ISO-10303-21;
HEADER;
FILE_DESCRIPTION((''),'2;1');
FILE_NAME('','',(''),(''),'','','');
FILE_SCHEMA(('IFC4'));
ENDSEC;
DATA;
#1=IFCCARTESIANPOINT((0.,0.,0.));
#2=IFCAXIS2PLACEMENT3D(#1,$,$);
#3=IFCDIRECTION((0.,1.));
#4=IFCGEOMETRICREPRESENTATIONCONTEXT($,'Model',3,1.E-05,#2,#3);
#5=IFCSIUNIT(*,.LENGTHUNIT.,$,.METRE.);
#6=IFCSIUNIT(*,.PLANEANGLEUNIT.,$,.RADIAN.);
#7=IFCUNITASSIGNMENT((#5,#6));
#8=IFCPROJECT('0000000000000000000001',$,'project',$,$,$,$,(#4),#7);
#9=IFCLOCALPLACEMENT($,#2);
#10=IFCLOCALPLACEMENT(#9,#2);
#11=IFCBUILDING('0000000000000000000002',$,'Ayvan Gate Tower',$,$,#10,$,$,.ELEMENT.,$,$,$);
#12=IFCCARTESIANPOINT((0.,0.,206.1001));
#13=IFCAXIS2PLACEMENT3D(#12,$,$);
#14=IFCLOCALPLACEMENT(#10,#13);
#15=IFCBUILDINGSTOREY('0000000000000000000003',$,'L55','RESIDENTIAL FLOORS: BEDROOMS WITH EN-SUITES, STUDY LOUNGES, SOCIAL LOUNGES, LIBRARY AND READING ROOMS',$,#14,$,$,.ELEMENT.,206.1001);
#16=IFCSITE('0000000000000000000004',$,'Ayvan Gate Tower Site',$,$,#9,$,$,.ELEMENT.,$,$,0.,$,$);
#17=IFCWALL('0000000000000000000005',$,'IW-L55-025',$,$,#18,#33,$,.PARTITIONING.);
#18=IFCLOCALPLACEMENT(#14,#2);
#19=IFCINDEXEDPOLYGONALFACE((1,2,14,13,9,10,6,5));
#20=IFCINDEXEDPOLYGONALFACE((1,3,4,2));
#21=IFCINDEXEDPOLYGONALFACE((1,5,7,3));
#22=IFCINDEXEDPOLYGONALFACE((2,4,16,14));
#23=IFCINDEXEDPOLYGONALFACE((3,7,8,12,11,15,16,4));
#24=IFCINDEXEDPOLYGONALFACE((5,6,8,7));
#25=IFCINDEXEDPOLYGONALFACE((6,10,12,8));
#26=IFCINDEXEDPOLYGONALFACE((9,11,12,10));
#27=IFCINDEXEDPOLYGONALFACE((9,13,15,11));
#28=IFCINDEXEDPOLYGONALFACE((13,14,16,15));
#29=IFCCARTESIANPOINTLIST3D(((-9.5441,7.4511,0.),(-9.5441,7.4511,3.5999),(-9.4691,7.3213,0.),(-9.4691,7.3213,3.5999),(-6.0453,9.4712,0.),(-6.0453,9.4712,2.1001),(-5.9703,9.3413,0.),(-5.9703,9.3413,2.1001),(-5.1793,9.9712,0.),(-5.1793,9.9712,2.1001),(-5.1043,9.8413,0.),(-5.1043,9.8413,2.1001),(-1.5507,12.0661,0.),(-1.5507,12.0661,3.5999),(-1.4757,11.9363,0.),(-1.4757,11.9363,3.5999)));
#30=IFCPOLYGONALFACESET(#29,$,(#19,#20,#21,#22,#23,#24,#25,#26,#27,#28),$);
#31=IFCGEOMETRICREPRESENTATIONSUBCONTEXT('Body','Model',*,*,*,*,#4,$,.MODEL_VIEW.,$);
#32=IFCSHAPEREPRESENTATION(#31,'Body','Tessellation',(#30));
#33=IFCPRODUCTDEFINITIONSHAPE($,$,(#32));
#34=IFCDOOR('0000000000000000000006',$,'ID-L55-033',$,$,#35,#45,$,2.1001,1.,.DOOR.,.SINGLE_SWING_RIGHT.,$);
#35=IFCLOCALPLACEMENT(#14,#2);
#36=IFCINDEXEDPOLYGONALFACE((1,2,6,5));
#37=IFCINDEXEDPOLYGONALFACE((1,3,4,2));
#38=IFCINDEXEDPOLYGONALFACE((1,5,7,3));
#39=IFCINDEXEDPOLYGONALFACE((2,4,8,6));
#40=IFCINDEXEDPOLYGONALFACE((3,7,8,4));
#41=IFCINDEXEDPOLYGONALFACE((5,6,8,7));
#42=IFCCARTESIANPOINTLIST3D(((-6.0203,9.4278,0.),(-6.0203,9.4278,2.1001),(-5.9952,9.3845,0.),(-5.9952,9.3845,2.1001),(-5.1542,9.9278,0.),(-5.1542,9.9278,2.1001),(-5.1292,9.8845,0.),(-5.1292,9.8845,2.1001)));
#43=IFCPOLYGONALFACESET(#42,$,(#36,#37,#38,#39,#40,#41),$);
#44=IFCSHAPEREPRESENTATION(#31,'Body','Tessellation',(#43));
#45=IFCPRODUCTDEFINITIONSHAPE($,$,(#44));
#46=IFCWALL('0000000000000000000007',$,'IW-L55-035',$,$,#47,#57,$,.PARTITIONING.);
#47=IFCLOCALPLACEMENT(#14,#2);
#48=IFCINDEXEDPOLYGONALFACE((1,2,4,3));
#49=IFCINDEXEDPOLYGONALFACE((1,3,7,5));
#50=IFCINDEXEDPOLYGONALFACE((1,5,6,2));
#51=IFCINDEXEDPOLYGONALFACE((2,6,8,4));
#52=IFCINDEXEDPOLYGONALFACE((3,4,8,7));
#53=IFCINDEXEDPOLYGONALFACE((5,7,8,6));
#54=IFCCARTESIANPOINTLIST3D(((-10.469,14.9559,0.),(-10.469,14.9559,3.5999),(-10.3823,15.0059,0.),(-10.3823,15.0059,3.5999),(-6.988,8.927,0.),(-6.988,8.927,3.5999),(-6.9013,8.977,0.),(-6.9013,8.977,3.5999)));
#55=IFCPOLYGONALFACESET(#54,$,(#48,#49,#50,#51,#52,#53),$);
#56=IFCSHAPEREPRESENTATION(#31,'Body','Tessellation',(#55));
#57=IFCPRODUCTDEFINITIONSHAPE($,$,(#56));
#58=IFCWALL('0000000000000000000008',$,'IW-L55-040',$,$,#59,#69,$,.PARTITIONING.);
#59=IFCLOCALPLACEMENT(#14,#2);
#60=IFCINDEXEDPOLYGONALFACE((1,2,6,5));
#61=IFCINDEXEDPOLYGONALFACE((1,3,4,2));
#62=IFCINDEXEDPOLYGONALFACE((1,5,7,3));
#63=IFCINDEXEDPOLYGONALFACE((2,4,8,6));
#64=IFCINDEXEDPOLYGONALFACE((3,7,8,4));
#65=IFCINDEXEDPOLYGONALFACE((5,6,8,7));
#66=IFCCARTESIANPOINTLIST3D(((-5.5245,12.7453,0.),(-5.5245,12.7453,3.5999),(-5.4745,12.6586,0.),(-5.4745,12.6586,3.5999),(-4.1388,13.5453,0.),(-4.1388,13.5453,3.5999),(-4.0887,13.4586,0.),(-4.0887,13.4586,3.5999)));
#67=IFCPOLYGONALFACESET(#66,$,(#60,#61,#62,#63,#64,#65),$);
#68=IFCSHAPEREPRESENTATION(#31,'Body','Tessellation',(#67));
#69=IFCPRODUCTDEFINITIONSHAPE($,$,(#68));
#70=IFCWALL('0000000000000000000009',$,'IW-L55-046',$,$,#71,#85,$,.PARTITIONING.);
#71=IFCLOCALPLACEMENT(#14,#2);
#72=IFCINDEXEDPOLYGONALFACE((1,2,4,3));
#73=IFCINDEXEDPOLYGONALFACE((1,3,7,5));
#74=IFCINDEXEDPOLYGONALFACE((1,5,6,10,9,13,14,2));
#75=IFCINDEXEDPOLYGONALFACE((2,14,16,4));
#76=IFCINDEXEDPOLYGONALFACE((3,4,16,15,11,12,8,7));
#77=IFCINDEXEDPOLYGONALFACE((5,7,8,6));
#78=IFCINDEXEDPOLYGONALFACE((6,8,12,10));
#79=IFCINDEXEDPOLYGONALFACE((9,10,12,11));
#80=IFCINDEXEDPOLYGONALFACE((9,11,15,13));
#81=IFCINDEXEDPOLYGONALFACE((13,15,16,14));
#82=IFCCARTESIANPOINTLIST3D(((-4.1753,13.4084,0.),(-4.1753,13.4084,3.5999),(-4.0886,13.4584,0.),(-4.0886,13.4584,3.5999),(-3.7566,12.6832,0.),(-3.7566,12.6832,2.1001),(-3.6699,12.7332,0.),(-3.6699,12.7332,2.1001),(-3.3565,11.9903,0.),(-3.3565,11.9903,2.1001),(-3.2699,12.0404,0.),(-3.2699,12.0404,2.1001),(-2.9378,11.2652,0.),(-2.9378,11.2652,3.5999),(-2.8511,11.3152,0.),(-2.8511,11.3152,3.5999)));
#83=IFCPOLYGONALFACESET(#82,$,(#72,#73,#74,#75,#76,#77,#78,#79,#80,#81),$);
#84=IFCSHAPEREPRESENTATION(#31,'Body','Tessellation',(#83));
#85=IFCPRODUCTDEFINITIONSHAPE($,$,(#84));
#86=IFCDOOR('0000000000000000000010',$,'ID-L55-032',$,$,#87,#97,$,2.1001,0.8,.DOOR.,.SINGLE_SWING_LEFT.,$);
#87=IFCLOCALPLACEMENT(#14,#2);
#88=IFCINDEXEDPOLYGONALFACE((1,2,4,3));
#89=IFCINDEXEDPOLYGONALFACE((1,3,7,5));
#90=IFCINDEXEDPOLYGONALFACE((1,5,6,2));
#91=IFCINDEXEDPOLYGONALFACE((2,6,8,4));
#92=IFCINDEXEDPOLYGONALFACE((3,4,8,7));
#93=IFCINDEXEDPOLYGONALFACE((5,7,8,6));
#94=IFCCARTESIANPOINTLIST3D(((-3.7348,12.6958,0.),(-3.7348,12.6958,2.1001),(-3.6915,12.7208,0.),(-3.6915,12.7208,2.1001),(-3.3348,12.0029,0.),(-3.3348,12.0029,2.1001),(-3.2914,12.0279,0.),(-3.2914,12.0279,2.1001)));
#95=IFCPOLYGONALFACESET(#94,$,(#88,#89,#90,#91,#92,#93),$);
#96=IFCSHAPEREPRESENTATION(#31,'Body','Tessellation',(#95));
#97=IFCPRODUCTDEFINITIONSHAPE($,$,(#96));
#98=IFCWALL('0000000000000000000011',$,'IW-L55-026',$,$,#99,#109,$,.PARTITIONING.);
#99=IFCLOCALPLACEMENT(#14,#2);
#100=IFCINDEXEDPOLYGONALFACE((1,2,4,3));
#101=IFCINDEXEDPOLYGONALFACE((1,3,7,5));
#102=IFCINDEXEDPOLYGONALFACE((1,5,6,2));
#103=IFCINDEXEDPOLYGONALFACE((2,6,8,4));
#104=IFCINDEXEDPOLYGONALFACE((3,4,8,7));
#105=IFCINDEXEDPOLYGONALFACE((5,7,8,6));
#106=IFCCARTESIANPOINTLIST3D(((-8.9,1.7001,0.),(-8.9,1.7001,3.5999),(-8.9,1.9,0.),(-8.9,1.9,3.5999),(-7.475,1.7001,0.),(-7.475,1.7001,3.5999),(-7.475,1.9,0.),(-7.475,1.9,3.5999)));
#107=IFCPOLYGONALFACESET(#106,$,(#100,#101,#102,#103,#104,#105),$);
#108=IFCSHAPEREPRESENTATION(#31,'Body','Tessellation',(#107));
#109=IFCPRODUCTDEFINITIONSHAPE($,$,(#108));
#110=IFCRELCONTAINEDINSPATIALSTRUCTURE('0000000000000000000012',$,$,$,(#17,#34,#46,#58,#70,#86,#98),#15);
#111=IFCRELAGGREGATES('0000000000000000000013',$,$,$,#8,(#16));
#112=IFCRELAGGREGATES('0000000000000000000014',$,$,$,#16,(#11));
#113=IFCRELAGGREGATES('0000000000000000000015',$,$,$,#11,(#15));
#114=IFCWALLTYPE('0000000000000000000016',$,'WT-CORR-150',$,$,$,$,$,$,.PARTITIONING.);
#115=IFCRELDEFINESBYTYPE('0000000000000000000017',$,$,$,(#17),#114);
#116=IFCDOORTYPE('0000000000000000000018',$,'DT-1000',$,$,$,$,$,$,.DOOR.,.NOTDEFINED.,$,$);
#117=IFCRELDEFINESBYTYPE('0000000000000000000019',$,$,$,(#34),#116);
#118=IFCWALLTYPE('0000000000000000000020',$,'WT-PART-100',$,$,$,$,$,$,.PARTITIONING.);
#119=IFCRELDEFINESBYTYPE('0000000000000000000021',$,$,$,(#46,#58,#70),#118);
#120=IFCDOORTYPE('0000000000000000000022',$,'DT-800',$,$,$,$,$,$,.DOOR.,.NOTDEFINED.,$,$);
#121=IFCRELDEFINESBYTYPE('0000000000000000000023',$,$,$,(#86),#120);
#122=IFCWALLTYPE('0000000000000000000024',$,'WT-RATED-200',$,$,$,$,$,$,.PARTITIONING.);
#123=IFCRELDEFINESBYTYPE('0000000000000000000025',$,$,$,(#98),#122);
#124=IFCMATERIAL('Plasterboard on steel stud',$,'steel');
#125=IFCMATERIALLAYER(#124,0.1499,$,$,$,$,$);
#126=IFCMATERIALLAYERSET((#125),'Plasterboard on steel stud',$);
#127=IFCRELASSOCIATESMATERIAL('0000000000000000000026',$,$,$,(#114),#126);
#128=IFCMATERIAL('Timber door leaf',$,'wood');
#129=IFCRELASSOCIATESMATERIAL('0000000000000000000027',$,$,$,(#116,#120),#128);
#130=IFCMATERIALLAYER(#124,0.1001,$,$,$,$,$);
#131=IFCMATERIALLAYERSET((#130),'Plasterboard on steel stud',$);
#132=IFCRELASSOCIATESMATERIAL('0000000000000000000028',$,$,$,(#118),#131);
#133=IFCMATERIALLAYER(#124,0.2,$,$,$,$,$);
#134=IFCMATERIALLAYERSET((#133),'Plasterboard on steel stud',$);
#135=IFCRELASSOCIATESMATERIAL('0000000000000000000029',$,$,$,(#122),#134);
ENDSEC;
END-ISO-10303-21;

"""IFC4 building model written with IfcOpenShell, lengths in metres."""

from ifc_helpers import new_model, si_unit, direction, frame, frame_2d, origin, place, context, subcontext, project, spatial, rectangle, extrude, material, layer, layer_set, type_object, element, fill, save


model = new_model("IFC4")

# Units and contexts
model_context = context("Model", 3, precision=1e-05, world=origin(), true_north=direction((0.0, 1.0)))
body_context = subcontext(model_context, "Body", "Model", "MODEL_VIEW")
ifc_project = project(units=[si_unit("LENGTHUNIT", "METRE"), si_unit("PLANEANGLEUNIT", "RADIAN")], contexts=[model_context])

# Site, building, storey
site_placement = place(None, origin())
site = spatial("IfcSite", under=ifc_project, at=site_placement, Name="Ayvan Gate Tower Site", CompositionType="ELEMENT", RefElevation=0.0)
building_placement = place(site_placement, origin())
building = spatial("IfcBuilding", under=site, at=building_placement, Name="Ayvan Gate Tower", CompositionType="ELEMENT")
storey_placement = place(building_placement, frame((0.0, 0.0, 206.1001)))
storey = spatial("IfcBuildingStorey", under=building, at=storey_placement, Name="L55", Description="RESIDENTIAL FLOORS: BEDROOMS WITH EN-SUITES, STUDY LOUNGES, SOCIAL LOUNGES, LIBRARY AND READING ROOMS", CompositionType="ELEMENT", Elevation=206.1001)

# Shared definitions
ifc_material_1 = material(Name="Timber door leaf", Category="wood")

# Wall, opening, door
ifc_material_2 = material(Name="Plasterboard on steel stud", Category="steel")
ifc_layer_1 = layer(ifc_material_2, 0.1499)
ifc_layer_set_1 = layer_set([ifc_layer_1], Name="Plasterboard on steel stud")
wall_type_1 = type_object("IfcWallType", Name="WT-CORR-150", PredefinedType="PARTITIONING", material=ifc_layer_set_1)
door_type_1 = type_object("IfcDoorType", Name="DT-1000", OperationType="NOTDEFINED", PredefinedType="DOOR", material=ifc_material_1)
wall_1_placement = place(storey_placement, frame((-9.5066, 7.3862, 0.0), z_axis=(0.0, 0.0, 1.0), x_axis=(0.866026, 0.5, 0.0)))
wall_1 = element("IfcWall", 1, at=wall_1_placement, inside=storey, type_object=wall_type_1, Name="IW-L55-025", PredefinedType="PARTITIONING", context=body_context, shape_type="SweptSolid", body=[
    extrude(rectangle(XDim=9.23, YDim=0.1499, at=frame_2d((4.615, 0.0))), origin(), (0.0, 0.0, 1.0), 3.5999),
])
opening_1_placement = place(wall_1_placement, frame((4.04, 0.0, 0.0)))
opening_1 = element("IfcOpeningElement", 2, at=opening_1_placement, cuts=wall_1, PredefinedType="OPENING", context=body_context, shape_type="SweptSolid", body=[
    extrude(rectangle(XDim=1.0, YDim=2.1001, at=frame_2d((0.5, 1.05))), frame((0.0, 0.085, 0.0), z_axis=(0.0, -1.0, 0.0), x_axis=(1.0, 0.0, 0.0)), (0.0, 0.0, 1.0), 0.1699),
])
door_1_placement = place(opening_1_placement, origin())
door_1 = element("IfcDoor", 3, at=door_1_placement, inside=storey, type_object=door_type_1, Name="ID-L55-033", OperationType="SINGLE_SWING_RIGHT", OverallHeight=2.1001, OverallWidth=1.0, PredefinedType="DOOR", context=body_context, shape_type="SweptSolid", body=[
    extrude(rectangle(XDim=1.0, YDim=2.1001, at=frame_2d((0.5, 1.05))), frame((0.0, 0.0249, 0.0), z_axis=(0.0, -1.0, 0.0), x_axis=(1.0, 0.0, 0.0)), (0.0, 0.0, 1.0), 0.05),
])
fill(opening_1, door_1)

# Walls
ifc_layer_2 = layer(ifc_material_2, 0.1001)
ifc_layer_set_2 = layer_set([ifc_layer_2], Name="Plasterboard on steel stud")
wall_type_2 = type_object("IfcWallType", Name="WT-PART-100", PredefinedType="PARTITIONING", material=ifc_layer_set_2)
wall_2_placement = place(storey_placement, frame((-6.9446, 8.9519, 0.0), z_axis=(0.0, 0.0, 1.0), x_axis=(-0.500024, 0.866012, 0.0)))
element("IfcWall", 4, at=wall_2_placement, inside=storey, type_object=wall_type_2, Name="IW-L55-035", PredefinedType="PARTITIONING", context=body_context, shape_type="SweptSolid", body=[
    extrude(rectangle(XDim=6.9617, YDim=0.1001, at=frame_2d((3.481, 0.0))), origin(), (0.0, 0.0, 1.0), 3.5999),
])
wall_3_placement = place(storey_placement, frame((-4.1138, 13.502, 0.0), z_axis=(0.0, 0.0, 1.0), x_axis=(-0.866028, -0.499995, 0.0)))
element("IfcWall", 5, at=wall_3_placement, inside=storey, type_object=wall_type_2, Name="IW-L55-040", PredefinedType="PARTITIONING", context=body_context, shape_type="SweptSolid", body=[
    extrude(rectangle(XDim=1.6001, YDim=0.1001, at=frame_2d((0.8, 0.0))), origin(), (0.0, 0.0, 1.0), 3.5999),
])

# Wall, opening, door
wall_4_placement = place(storey_placement, frame((-2.8945, 11.2903, 0.0), z_axis=(0.0, 0.0, 1.0), x_axis=(-0.500033, 0.866007, 0.0)))
wall_4 = element("IfcWall", 6, at=wall_4_placement, inside=storey, type_object=wall_type_2, Name="IW-L55-046", PredefinedType="PARTITIONING", context=body_context, shape_type="SweptSolid", body=[
    extrude(rectangle(XDim=2.4749, YDim=0.1001, at=frame_2d((1.2373, 0.0))), origin(), (0.0, 0.0, 1.0), 3.5999),
])
opening_2_placement = place(wall_4_placement, frame((0.8374, 0.0, 0.0)))
opening_2 = element("IfcOpeningElement", 7, at=opening_2_placement, cuts=wall_4, PredefinedType="OPENING", context=body_context, shape_type="SweptSolid", body=[
    extrude(rectangle(XDim=0.8, YDim=2.1001, at=frame_2d((0.3999, 1.05))), frame((0.0, 0.0601, 0.0), z_axis=(0.0, -1.0, 0.0), x_axis=(1.0, 0.0, 0.0)), (0.0, 0.0, 1.0), 0.1201),
])
door_type_2 = type_object("IfcDoorType", Name="DT-800", OperationType="NOTDEFINED", PredefinedType="DOOR", material=ifc_material_1)
door_2_placement = place(opening_2_placement, origin())
door_2 = element("IfcDoor", 8, at=door_2_placement, inside=storey, type_object=door_type_2, Name="ID-L55-032", OperationType="SINGLE_SWING_LEFT", OverallHeight=2.1001, OverallWidth=0.8, PredefinedType="DOOR", context=body_context, shape_type="SweptSolid", body=[
    extrude(rectangle(XDim=0.8, YDim=2.1001, at=frame_2d((0.3999, 1.05))), frame((0.0, 0.0249, 0.0), z_axis=(0.0, -1.0, 0.0), x_axis=(1.0, 0.0, 0.0)), (0.0, 0.0, 1.0), 0.05),
])
fill(opening_2, door_2)

# Wall
ifc_layer_3 = layer(ifc_material_2, 0.2)
ifc_layer_set_3 = layer_set([ifc_layer_3], Name="Plasterboard on steel stud")
wall_type_3 = type_object("IfcWallType", Name="WT-RATED-200", PredefinedType="PARTITIONING", material=ifc_layer_set_3)
wall_5_placement = place(storey_placement, frame((-8.8999, 1.8, 0.0), z_axis=(0.0, 0.0, 1.0), x_axis=(1.0, 0.0, 0.0)))
element("IfcWall", 9, at=wall_5_placement, inside=storey, type_object=wall_type_3, Name="IW-L55-026", PredefinedType="PARTITIONING", context=body_context, shape_type="SweptSolid", body=[
    extrude(rectangle(XDim=1.425, YDim=0.2, at=frame_2d((0.7124, 0.0))), origin(), (0.0, 0.0, 1.0), 3.5999),
])

save(model, "model.ifc")
